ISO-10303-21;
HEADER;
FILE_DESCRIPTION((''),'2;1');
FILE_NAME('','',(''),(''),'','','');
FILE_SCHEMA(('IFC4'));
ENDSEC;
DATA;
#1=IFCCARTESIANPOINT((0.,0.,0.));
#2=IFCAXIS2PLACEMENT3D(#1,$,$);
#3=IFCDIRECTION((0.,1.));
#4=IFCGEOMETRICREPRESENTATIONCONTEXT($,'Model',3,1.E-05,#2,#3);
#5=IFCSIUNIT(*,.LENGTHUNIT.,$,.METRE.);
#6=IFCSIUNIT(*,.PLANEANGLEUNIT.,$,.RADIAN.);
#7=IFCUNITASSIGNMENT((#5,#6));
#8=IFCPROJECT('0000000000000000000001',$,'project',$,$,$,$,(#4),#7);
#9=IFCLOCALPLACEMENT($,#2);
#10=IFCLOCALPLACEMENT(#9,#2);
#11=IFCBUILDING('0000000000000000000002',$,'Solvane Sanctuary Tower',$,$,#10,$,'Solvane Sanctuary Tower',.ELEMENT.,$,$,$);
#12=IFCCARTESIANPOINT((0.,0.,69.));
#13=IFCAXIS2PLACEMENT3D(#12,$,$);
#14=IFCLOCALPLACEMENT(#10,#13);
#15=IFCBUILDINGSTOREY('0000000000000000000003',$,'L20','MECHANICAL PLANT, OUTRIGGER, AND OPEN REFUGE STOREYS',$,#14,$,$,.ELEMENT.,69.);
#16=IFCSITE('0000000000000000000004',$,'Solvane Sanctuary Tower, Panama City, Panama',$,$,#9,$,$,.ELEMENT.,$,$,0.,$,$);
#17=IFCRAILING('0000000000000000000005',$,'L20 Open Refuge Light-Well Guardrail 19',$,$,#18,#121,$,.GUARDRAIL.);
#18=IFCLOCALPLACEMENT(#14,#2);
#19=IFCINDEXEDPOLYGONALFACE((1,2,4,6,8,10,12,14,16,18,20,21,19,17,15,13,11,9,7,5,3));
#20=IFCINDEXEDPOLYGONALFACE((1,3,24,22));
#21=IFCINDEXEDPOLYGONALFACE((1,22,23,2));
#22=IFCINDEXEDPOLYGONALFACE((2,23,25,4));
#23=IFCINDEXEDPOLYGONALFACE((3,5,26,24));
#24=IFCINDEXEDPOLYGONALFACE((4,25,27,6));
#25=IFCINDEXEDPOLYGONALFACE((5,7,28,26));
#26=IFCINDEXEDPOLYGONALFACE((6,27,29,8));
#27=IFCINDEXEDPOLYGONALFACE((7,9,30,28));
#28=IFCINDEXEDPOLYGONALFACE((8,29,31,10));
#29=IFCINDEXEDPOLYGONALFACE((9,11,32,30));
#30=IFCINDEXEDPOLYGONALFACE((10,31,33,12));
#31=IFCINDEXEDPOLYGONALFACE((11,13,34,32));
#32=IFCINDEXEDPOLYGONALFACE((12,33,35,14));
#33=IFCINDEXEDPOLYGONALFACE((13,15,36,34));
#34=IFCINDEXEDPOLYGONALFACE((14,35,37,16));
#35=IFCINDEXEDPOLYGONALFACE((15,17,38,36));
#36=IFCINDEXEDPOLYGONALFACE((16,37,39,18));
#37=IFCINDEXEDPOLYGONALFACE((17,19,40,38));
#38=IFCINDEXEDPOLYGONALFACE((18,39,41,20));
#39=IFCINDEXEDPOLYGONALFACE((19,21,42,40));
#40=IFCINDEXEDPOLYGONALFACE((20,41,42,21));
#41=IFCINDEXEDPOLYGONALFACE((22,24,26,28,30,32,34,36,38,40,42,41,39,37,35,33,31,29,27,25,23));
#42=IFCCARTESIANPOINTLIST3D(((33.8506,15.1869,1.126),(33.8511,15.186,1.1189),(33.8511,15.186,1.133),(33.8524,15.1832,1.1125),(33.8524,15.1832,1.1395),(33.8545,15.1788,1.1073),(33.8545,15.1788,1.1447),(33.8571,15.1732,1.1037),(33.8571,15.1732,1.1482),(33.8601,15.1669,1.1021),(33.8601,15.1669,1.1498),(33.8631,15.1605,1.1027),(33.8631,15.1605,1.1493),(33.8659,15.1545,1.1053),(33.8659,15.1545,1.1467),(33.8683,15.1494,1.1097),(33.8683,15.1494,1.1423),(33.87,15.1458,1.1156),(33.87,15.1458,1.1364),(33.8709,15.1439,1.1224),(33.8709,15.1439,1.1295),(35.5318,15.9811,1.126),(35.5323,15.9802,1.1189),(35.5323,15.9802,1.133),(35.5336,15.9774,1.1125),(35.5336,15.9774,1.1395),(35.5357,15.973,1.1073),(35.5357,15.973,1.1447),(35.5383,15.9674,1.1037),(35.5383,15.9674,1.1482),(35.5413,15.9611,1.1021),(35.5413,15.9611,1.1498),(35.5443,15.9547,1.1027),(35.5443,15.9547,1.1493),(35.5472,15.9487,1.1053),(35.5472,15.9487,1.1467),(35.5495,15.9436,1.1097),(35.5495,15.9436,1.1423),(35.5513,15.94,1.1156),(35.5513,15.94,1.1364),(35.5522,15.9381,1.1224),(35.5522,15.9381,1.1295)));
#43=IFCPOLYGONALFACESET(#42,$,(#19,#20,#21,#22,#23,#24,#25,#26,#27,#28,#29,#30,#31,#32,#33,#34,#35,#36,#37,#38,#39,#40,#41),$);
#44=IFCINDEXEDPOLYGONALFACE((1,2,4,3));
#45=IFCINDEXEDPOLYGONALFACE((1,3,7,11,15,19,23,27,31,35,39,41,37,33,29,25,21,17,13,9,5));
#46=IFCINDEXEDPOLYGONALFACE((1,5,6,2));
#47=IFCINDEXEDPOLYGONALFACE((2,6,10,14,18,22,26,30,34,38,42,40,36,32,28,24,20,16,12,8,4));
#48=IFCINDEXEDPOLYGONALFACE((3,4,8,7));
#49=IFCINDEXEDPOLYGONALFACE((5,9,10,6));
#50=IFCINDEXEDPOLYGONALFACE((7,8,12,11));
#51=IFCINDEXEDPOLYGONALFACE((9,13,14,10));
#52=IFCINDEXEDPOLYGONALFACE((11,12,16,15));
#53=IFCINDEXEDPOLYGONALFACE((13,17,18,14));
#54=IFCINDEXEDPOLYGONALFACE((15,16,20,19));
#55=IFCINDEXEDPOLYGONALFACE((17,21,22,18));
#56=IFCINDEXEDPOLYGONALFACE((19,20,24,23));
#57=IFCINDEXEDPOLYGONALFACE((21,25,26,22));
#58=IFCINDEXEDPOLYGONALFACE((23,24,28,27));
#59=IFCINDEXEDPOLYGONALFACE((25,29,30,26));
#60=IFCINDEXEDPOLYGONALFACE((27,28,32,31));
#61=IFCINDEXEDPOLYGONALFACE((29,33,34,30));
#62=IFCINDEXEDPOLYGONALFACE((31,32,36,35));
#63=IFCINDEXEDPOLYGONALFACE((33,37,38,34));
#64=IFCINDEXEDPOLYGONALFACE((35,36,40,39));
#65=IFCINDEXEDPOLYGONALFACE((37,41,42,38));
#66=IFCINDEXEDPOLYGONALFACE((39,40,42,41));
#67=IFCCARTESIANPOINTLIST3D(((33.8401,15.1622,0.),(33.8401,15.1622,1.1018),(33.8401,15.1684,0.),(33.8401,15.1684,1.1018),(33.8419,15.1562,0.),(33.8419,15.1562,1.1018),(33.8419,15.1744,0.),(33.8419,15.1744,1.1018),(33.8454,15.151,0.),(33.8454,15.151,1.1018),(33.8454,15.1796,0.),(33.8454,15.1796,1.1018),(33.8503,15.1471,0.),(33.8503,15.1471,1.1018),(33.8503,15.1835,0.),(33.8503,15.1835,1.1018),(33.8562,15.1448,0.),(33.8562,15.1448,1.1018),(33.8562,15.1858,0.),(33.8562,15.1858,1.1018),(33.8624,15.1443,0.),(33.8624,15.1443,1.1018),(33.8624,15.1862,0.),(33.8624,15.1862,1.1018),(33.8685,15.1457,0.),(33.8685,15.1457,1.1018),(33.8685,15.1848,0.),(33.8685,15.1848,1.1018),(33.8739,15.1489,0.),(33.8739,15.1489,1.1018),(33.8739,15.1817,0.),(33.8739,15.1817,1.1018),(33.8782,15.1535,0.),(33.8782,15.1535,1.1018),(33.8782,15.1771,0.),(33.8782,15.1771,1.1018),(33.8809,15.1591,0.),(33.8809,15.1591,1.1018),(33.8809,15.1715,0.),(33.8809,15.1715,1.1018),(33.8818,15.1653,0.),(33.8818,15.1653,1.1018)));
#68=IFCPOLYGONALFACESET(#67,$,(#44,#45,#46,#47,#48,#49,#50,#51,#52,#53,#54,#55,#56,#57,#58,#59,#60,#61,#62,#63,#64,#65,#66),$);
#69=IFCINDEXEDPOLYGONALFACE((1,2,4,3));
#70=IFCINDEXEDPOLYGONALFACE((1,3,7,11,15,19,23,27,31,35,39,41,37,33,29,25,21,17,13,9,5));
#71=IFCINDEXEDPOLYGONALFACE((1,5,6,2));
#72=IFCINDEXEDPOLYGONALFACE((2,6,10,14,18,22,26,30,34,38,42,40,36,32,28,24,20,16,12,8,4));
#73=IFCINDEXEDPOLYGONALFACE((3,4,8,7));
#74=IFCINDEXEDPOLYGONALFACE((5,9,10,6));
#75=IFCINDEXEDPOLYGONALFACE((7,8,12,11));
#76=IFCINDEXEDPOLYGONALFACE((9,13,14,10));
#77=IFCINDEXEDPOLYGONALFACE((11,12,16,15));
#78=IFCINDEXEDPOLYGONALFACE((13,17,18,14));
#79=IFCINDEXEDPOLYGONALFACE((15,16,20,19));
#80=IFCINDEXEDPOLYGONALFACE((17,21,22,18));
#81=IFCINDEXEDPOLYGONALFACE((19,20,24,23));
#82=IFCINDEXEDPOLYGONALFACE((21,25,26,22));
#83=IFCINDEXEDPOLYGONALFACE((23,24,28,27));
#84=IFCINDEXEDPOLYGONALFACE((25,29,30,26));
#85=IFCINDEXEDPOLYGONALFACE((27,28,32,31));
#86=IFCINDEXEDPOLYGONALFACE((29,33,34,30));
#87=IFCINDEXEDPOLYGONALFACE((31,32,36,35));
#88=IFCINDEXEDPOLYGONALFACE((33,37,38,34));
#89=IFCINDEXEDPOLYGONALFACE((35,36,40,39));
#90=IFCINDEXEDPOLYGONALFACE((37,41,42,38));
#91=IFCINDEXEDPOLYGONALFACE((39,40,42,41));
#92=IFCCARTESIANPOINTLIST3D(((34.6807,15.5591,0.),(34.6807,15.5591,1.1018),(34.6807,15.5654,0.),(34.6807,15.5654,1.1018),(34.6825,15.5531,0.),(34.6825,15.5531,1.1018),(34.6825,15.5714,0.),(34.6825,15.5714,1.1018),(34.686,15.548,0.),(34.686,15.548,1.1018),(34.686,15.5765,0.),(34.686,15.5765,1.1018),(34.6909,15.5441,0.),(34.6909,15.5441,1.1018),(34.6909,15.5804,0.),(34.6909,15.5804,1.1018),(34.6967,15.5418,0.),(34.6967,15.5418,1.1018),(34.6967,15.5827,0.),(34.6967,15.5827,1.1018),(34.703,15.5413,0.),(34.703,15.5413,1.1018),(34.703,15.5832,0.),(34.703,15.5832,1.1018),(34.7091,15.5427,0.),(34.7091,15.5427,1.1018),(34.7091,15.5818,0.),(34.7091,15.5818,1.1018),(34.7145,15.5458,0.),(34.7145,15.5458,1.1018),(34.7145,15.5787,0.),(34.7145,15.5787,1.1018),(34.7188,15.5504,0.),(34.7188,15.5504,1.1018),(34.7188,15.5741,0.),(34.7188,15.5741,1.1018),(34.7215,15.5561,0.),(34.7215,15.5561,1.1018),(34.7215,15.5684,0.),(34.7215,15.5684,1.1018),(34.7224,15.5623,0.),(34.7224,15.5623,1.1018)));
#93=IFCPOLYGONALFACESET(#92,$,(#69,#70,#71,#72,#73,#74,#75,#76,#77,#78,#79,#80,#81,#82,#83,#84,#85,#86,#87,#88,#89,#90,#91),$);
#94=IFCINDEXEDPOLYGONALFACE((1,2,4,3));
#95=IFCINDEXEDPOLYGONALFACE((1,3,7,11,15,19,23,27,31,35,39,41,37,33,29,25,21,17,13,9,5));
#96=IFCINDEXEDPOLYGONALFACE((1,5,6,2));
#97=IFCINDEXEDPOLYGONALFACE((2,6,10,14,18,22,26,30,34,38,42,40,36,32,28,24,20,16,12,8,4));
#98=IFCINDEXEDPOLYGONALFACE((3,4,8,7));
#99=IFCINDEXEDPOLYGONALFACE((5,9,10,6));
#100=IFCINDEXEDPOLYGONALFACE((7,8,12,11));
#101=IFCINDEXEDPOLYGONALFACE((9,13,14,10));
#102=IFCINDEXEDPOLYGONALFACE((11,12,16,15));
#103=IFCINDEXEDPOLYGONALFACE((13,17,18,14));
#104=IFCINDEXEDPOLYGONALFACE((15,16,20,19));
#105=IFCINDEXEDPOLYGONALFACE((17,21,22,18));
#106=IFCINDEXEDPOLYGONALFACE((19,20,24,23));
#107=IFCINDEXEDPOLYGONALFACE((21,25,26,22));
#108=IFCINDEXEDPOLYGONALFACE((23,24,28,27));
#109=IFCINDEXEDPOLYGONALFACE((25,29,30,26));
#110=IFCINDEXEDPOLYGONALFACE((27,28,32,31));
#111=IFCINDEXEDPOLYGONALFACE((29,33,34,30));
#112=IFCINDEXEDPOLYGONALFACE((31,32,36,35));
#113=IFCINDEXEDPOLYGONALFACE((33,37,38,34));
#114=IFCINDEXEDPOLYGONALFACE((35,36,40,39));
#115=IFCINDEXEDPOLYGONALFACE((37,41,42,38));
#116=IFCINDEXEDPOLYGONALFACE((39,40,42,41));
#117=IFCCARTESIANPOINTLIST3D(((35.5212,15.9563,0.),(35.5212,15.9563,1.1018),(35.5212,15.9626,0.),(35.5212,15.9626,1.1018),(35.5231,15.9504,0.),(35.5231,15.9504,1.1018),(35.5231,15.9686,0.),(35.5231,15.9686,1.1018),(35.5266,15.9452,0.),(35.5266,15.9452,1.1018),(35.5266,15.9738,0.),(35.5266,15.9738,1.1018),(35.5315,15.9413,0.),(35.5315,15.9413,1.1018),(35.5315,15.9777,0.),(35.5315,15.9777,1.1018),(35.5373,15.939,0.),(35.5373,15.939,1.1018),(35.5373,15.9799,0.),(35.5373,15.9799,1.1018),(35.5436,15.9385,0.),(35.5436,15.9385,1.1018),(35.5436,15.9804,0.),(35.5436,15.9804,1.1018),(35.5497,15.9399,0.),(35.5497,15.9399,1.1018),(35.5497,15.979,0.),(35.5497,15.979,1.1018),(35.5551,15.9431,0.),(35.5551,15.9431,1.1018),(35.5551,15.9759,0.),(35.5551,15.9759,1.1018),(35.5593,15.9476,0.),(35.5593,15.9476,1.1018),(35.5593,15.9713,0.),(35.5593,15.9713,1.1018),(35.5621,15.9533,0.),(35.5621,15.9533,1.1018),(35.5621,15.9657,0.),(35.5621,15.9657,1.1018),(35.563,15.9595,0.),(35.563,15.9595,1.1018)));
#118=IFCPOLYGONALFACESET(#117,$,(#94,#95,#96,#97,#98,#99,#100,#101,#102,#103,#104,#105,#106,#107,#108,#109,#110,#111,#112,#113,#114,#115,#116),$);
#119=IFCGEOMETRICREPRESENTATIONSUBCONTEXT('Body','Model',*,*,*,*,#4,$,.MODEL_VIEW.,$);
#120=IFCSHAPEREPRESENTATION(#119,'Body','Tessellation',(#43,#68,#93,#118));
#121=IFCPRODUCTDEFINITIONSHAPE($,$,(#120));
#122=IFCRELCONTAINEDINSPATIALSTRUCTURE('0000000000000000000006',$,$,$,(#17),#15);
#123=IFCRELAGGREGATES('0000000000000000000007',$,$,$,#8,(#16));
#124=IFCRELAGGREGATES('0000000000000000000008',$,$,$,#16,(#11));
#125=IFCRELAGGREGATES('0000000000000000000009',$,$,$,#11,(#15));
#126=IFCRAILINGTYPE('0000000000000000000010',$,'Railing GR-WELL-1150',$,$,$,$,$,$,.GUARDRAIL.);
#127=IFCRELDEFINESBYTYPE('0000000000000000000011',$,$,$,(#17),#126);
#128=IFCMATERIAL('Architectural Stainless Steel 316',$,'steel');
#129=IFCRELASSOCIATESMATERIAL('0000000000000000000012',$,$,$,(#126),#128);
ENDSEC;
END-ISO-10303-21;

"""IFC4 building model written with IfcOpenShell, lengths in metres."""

from ifc_helpers import new_model, si_unit, direction, frame, origin, origin_2d, place, context, subcontext, project, spatial, circle, extrude, material, type_object, element, save


model = new_model("IFC4")

# Units and contexts
model_context = context("Model", 3, precision=1e-05, world=origin(), true_north=direction((0.0, 1.0)))
body_context = subcontext(model_context, "Body", "Model", "MODEL_VIEW")
ifc_project = project(units=[si_unit("LENGTHUNIT", "METRE"), si_unit("PLANEANGLEUNIT", "RADIAN")], contexts=[model_context])

# Site, building, storey
site_placement = place(None, origin())
site = spatial("IfcSite", under=ifc_project, at=site_placement, Name="Solvane Sanctuary Tower, Panama City, Panama", CompositionType="ELEMENT", RefElevation=0.0)
building_placement = place(site_placement, origin())
building = spatial("IfcBuilding", under=site, at=building_placement, Name="Solvane Sanctuary Tower", LongName="Solvane Sanctuary Tower", CompositionType="ELEMENT")
storey_placement = place(building_placement, frame((0.0, 0.0, 69.0)))
storey = spatial("IfcBuildingStorey", under=building, at=storey_placement, Name="L20", Description="MECHANICAL PLANT, OUTRIGGER, AND OPEN REFUGE STOREYS", CompositionType="ELEMENT", Elevation=69.0)

# Shared definitions
ifc_material_1 = material(Name="Architectural Stainless Steel 316", Category="steel")

# Railing
railing_type_1 = type_object("IfcRailingType", Name="Railing GR-WELL-1150", PredefinedType="GUARDRAIL", material=ifc_material_1)
railing_1_placement = place(storey_placement, frame((33.8608, 15.1653, 0.0)))
element("IfcRailing", 1, at=railing_1_placement, inside=storey, type_object=railing_type_1, Name="L20 Open Refuge Light-Well Guardrail 19", PredefinedType="GUARDRAIL", context=body_context, shape_type="SweptSolid", body=[
    extrude(circle(Radius=0.0239, at=origin_2d()), frame((0.0, 0.0, 1.126), z_axis=(0.904184, 0.427143, 0.0), x_axis=(-0.427143, 0.904184, 0.0)), (0.0, 0.0, 1.0), 1.8594),
    extrude(circle(Radius=0.021, at=origin_2d()), origin(), (0.0, 0.0, 1.0), 1.1018),
    extrude(circle(Radius=0.021, at=origin_2d()), frame((0.8406, 0.397, 0.0)), (0.0, 0.0, 1.0), 1.1018),
    extrude(circle(Radius=0.021, at=origin_2d()), frame((1.6812, 0.7942, 0.0)), (0.0, 0.0, 1.0), 1.1018),
])

save(model, "model.ifc")
